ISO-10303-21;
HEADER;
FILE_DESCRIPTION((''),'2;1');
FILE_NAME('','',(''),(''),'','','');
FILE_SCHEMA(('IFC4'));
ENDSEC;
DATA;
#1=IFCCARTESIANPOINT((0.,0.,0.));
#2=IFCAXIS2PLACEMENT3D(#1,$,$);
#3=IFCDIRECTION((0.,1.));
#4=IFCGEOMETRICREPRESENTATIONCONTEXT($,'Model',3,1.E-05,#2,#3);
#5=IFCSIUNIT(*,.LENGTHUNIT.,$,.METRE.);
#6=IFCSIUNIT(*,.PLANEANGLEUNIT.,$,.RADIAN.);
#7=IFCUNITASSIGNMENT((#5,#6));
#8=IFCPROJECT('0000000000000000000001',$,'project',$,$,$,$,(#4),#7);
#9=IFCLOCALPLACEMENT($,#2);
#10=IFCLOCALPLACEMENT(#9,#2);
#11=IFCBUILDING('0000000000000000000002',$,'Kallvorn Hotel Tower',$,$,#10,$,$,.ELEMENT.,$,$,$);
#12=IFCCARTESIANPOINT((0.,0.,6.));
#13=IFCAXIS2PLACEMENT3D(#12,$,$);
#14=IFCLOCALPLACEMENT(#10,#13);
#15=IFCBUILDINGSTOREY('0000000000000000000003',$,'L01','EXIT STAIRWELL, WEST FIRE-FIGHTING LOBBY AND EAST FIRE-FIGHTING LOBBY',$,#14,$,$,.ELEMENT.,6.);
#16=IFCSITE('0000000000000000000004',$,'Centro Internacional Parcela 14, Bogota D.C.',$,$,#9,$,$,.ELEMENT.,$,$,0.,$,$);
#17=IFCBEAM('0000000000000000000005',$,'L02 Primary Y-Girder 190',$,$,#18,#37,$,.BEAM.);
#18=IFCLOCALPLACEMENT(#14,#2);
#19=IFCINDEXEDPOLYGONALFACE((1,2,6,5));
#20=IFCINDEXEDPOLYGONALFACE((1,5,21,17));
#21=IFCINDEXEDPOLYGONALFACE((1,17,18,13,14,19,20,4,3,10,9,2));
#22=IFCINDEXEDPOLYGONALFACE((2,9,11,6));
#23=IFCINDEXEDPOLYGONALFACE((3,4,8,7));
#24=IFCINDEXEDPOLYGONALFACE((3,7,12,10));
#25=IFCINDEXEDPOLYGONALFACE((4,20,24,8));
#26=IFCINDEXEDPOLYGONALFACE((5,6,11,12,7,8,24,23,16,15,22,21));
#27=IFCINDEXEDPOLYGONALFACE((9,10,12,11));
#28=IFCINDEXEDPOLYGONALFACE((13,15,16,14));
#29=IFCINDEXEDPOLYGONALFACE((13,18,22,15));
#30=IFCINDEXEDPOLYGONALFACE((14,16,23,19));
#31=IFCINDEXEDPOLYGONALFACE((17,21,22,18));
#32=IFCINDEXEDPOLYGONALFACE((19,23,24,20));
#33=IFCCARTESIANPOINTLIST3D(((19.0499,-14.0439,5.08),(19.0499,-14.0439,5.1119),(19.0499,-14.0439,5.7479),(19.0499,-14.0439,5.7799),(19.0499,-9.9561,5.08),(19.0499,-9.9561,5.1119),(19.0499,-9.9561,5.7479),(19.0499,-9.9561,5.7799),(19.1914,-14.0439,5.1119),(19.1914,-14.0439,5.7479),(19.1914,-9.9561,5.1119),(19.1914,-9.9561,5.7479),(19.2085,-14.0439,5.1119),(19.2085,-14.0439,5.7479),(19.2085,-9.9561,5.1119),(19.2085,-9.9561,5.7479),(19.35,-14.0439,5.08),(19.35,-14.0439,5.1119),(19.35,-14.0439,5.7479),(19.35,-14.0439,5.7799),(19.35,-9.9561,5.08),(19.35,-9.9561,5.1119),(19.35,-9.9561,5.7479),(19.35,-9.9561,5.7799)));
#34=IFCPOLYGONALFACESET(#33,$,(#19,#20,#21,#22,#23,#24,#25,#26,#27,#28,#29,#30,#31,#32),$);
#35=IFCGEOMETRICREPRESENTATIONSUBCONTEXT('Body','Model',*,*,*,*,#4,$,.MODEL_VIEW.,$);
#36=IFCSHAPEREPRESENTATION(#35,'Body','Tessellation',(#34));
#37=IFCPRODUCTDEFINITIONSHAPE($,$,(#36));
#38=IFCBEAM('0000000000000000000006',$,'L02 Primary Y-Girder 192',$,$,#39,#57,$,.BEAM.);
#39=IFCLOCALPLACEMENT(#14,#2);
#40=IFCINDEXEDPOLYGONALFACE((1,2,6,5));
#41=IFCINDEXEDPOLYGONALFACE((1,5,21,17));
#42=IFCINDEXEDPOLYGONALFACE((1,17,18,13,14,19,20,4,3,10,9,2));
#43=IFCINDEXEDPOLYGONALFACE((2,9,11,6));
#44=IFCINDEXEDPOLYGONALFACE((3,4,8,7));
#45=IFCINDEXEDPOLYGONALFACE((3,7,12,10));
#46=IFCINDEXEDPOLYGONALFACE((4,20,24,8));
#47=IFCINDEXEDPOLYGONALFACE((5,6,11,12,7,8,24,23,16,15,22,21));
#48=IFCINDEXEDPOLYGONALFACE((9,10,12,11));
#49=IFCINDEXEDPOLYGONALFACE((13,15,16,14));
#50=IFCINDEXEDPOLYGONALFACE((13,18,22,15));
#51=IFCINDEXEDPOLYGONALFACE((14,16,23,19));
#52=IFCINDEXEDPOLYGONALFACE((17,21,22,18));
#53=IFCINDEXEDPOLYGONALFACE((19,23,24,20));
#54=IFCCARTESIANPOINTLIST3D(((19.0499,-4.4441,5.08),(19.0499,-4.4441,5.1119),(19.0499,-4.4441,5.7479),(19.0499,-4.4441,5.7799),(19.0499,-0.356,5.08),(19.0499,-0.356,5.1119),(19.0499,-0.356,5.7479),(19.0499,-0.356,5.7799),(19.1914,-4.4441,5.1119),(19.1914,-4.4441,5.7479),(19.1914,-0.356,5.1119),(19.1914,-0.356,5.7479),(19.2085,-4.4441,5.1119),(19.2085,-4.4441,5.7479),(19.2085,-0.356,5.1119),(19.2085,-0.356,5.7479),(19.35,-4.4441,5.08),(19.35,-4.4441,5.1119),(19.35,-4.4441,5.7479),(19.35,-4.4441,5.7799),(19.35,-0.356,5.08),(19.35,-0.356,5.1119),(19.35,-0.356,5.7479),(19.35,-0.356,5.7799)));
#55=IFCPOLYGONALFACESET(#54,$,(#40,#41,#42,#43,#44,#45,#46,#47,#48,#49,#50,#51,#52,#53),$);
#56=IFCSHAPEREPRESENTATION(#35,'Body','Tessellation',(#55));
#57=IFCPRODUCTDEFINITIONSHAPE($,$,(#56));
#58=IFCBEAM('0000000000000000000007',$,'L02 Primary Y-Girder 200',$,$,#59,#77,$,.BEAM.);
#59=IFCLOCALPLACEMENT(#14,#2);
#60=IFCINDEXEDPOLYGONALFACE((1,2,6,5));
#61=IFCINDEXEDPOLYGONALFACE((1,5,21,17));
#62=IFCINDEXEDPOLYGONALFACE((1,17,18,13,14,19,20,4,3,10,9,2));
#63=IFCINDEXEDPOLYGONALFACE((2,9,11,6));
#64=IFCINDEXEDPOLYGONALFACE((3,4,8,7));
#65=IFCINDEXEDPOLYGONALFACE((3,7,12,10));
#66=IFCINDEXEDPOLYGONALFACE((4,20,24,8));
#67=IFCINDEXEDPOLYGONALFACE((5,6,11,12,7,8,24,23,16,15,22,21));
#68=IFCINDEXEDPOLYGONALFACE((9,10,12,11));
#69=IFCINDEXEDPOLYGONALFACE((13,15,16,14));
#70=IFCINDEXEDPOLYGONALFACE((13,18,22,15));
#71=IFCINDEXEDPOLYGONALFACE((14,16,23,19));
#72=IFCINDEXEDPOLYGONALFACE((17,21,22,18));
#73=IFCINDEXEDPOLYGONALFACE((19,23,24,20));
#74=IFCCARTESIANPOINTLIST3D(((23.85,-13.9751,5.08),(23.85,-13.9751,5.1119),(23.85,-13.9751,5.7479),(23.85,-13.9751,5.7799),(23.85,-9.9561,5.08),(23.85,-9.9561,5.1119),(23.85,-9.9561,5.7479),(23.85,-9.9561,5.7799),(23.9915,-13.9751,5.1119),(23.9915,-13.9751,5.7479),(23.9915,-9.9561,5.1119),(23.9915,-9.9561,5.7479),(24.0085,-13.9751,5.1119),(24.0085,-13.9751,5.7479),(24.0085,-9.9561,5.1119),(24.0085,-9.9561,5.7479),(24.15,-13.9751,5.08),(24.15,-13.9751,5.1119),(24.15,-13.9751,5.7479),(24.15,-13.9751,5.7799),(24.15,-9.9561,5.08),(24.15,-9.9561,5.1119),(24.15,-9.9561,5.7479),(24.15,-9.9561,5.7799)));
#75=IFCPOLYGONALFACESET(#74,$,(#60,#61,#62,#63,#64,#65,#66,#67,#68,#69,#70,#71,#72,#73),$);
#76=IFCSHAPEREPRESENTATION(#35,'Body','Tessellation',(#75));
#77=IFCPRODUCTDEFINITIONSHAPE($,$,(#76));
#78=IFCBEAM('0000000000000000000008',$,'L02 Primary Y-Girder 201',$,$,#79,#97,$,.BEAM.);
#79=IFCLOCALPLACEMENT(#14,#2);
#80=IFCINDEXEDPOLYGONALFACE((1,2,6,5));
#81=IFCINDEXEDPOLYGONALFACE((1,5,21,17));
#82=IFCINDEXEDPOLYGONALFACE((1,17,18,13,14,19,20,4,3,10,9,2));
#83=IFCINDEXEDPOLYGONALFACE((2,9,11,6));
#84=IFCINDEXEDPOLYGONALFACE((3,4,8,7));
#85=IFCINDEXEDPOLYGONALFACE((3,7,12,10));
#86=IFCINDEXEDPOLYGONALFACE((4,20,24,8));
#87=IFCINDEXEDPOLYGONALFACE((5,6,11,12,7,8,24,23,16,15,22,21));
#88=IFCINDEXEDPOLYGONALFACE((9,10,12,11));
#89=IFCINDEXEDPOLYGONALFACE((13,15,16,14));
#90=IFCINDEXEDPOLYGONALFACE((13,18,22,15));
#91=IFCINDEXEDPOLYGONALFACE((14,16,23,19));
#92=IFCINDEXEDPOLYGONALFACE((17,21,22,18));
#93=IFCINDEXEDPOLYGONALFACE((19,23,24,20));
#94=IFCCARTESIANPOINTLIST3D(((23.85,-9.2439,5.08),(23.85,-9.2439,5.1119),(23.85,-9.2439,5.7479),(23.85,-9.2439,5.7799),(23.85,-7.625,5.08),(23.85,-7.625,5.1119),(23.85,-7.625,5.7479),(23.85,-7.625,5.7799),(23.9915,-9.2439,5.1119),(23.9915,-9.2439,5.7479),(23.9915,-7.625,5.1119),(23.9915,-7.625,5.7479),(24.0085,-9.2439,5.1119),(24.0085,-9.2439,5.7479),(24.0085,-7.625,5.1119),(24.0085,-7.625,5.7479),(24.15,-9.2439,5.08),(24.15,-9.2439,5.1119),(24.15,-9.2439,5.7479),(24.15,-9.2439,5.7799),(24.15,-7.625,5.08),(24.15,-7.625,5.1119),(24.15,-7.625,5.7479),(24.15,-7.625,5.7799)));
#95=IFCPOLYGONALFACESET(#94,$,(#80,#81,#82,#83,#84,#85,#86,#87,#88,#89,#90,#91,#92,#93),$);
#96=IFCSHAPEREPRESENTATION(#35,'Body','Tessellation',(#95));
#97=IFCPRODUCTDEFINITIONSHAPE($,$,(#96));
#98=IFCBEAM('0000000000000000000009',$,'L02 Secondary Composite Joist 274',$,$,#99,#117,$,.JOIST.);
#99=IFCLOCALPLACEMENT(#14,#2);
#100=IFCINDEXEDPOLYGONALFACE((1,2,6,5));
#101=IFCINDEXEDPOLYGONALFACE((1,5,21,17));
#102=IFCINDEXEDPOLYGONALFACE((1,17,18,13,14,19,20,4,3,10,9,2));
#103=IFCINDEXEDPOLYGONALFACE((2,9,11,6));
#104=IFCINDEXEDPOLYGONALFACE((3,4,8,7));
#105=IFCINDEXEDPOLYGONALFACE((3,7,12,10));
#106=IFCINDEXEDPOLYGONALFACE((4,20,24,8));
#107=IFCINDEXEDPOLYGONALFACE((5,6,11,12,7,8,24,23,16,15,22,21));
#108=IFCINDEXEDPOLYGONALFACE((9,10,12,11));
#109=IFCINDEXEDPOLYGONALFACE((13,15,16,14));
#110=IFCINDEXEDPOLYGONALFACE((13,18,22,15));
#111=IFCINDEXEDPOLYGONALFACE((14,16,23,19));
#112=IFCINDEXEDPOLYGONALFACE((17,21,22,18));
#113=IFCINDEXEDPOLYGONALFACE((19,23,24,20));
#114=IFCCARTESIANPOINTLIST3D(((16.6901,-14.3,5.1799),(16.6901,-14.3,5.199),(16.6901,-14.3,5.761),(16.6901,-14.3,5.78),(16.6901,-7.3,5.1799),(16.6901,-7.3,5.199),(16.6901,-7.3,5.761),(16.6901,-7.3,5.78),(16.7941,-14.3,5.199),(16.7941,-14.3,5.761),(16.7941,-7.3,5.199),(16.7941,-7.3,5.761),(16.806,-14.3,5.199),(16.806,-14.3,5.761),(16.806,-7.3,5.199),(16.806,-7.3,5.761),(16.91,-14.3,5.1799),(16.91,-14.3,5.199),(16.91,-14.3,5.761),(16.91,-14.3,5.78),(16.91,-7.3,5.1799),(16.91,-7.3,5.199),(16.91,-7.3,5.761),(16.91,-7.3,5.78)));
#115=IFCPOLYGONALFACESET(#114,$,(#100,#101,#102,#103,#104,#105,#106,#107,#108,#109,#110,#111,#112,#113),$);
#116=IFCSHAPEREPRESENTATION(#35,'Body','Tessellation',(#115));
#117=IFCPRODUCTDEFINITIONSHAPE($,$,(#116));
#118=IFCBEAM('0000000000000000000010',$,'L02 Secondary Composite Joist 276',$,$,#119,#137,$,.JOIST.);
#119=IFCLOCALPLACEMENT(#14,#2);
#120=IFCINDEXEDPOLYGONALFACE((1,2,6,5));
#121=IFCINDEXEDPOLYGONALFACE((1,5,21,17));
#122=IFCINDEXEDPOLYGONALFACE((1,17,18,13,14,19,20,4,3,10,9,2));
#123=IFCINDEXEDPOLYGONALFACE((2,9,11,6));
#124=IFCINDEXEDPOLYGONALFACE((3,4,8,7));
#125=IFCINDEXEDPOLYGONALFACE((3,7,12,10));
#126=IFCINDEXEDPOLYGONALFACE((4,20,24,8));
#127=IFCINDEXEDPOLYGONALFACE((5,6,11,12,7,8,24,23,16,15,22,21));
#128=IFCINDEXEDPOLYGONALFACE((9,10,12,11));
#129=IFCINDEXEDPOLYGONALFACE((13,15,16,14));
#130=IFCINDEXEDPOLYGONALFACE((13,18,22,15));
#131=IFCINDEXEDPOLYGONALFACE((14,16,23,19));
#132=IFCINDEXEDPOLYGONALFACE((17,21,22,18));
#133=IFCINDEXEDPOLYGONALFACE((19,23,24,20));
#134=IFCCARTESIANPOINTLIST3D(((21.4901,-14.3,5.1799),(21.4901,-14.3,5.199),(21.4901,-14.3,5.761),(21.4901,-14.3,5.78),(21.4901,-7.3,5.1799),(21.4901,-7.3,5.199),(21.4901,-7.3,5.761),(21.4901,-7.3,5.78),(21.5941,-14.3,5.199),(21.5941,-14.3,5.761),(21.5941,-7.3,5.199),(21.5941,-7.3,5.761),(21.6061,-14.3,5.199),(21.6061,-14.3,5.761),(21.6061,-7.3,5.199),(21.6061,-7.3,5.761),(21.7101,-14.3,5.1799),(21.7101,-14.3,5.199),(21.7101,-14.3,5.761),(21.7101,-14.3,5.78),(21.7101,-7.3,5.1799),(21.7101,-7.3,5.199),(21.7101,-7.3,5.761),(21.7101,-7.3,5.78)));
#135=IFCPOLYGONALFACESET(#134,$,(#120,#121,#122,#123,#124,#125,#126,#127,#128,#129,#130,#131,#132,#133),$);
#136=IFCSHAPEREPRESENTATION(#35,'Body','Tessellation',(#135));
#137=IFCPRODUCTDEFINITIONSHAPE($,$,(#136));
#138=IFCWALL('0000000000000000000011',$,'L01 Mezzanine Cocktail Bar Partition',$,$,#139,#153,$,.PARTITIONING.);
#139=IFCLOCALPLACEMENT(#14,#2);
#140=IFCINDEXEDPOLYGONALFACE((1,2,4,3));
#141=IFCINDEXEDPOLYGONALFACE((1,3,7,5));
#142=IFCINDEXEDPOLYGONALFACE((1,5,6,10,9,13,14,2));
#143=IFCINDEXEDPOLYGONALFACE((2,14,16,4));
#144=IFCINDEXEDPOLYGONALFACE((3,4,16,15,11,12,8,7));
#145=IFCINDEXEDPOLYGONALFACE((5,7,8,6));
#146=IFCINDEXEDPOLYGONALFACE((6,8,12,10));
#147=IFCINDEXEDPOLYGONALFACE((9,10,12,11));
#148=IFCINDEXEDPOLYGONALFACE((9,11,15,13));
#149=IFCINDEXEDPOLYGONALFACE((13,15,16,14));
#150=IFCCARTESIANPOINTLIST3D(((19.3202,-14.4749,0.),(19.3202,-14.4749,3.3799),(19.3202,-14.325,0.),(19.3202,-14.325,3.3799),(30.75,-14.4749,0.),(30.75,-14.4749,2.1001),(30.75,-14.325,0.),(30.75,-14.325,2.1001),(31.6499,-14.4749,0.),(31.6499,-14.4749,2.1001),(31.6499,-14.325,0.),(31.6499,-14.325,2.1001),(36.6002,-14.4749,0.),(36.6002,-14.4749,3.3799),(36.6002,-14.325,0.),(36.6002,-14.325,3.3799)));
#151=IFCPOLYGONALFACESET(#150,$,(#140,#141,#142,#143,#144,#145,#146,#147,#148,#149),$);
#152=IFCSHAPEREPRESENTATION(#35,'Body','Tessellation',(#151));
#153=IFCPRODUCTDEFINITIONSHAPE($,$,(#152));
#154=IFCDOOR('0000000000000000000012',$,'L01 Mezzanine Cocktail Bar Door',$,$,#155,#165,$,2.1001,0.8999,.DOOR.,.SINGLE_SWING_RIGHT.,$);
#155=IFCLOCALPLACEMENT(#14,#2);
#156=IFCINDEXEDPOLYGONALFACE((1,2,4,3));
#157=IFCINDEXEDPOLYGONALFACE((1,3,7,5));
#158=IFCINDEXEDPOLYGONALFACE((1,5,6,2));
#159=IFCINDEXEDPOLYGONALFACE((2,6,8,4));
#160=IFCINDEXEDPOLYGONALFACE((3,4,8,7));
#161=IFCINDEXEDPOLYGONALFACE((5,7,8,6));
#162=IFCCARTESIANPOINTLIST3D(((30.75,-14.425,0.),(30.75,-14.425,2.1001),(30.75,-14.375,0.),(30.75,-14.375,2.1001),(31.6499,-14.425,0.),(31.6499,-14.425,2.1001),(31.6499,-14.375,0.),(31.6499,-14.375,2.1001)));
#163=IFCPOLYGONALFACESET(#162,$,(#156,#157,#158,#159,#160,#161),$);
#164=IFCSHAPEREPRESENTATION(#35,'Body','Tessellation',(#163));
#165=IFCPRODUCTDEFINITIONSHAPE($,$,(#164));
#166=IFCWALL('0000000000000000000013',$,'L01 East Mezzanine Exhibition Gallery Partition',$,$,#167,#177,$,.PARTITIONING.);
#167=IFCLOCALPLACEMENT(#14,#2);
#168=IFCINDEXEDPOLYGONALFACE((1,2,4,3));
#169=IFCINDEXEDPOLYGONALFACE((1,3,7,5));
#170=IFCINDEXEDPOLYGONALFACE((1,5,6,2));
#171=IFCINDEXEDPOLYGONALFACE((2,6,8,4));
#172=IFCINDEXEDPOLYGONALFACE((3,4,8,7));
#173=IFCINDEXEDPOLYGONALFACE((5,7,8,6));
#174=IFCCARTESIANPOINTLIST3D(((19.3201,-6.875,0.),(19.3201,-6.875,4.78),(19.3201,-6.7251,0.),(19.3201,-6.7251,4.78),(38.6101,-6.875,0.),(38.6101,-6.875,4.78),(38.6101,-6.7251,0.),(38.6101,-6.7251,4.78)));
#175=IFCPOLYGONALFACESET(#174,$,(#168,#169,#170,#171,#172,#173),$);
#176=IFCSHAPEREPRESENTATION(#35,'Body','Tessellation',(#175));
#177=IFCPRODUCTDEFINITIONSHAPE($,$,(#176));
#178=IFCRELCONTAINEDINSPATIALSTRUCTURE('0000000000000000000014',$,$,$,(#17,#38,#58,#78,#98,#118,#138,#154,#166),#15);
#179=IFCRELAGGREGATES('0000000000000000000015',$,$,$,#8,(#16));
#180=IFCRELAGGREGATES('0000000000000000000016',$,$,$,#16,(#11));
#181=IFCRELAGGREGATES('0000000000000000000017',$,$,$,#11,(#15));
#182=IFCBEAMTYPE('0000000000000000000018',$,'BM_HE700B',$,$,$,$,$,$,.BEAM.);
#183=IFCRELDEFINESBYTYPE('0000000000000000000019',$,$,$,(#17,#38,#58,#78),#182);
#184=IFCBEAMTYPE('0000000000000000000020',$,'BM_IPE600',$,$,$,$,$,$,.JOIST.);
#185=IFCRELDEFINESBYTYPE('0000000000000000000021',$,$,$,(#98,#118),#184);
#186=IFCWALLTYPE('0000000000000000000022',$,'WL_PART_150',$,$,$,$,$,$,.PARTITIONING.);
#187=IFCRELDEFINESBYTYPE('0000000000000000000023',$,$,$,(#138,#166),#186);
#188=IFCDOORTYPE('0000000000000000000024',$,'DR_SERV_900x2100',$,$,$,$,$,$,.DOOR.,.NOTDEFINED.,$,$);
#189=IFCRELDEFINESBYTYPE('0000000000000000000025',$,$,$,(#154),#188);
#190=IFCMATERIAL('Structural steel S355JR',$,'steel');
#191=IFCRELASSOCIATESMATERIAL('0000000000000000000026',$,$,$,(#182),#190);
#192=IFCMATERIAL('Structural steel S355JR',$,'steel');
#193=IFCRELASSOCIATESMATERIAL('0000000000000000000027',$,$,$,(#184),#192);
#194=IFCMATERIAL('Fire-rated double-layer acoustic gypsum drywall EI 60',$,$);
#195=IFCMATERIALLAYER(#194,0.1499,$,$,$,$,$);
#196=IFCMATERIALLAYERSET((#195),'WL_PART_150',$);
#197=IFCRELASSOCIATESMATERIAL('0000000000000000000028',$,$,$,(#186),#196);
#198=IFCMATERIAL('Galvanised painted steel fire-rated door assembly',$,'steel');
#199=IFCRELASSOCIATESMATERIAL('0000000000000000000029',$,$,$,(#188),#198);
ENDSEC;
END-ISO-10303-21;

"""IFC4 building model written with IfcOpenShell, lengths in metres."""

from ifc_helpers import new_model, si_unit, direction, frame, frame_2d, origin, origin_2d, place, context, subcontext, project, spatial, rectangle, i_section, extrude, material, layer, layer_set, material_profile, profile_set, type_object, element, fill, save


model = new_model("IFC4")

# Units and contexts
model_context = context("Model", 3, precision=1e-05, world=origin(), true_north=direction((0.0, 1.0)))
body_context = subcontext(model_context, "Body", "Model", "MODEL_VIEW")
ifc_project = project(units=[si_unit("LENGTHUNIT", "METRE"), si_unit("PLANEANGLEUNIT", "RADIAN")], contexts=[model_context])

# Site, building, storey
site_placement = place(None, origin())
site = spatial("IfcSite", under=ifc_project, at=site_placement, Name="Centro Internacional Parcela 14, Bogota D.C.", CompositionType="ELEMENT", RefElevation=0.0)
building_placement = place(site_placement, origin())
building = spatial("IfcBuilding", under=site, at=building_placement, Name="Kallvorn Hotel Tower", CompositionType="ELEMENT")
storey_placement = place(building_placement, frame((0.0, 0.0, 6.0)))
storey = spatial("IfcBuildingStorey", under=building, at=storey_placement, Name="L01", Description="EXIT STAIRWELL, WEST FIRE-FIGHTING LOBBY AND EAST FIRE-FIGHTING LOBBY", CompositionType="ELEMENT", Elevation=6.0)

# Beams
ifc_material_1 = material(Name="Structural steel S355JR", Category="steel")
ifc_material_profile_1 = material_profile(ifc_material_1, i_section(OverallWidth=0.3, OverallDepth=0.7, WebThickness=0.0171, FlangeThickness=0.032, at=origin_2d()), Name="HE 700 B")
ifc_profile_set_1 = profile_set([ifc_material_profile_1], Name="Structural steel S355JR")
beam_type_1 = type_object("IfcBeamType", Name="BM_HE700B", PredefinedType="BEAM", material=ifc_profile_set_1)
beam_1_placement = place(storey_placement, frame((19.2, -14.0439, 5.4299), z_axis=(0.0, 1.0, 0.0), x_axis=(-1.0, 0.0, 0.0)))
element("IfcBeam", 1, at=beam_1_placement, inside=storey, type_object=beam_type_1, Name="L02 Primary Y-Girder 190", PredefinedType="BEAM", context=body_context, shape_type="SweptSolid", body=[
    extrude(i_section(OverallWidth=0.3, OverallDepth=0.7, WebThickness=0.0171, FlangeThickness=0.032, at=origin_2d()), origin(), (0.0, 0.0, 1.0), 4.0879),
])
beam_2_placement = place(storey_placement, frame((19.2, -4.4441, 5.4299), z_axis=(0.0, 1.0, 0.0), x_axis=(-1.0, 0.0, 0.0)))
element("IfcBeam", 2, at=beam_2_placement, inside=storey, type_object=beam_type_1, Name="L02 Primary Y-Girder 192", PredefinedType="BEAM", context=body_context, shape_type="SweptSolid", body=[
    extrude(i_section(OverallWidth=0.3, OverallDepth=0.7, WebThickness=0.0171, FlangeThickness=0.032, at=origin_2d()), origin(), (0.0, 0.0, 1.0), 4.0881),
])
beam_3_placement = place(storey_placement, frame((24.0, -13.9751, 5.4299), z_axis=(0.0, 1.0, 0.0), x_axis=(-1.0, 0.0, 0.0)))
element("IfcBeam", 3, at=beam_3_placement, inside=storey, type_object=beam_type_1, Name="L02 Primary Y-Girder 200", PredefinedType="BEAM", context=body_context, shape_type="SweptSolid", body=[
    extrude(i_section(OverallWidth=0.3, OverallDepth=0.7, WebThickness=0.0171, FlangeThickness=0.032, at=origin_2d()), origin(), (0.0, 0.0, 1.0), 4.019),
])
beam_4_placement = place(storey_placement, frame((24.0, -9.2439, 5.4299), z_axis=(0.0, 1.0, 0.0), x_axis=(-1.0, 0.0, 0.0)))
element("IfcBeam", 4, at=beam_4_placement, inside=storey, type_object=beam_type_1, Name="L02 Primary Y-Girder 201", PredefinedType="BEAM", context=body_context, shape_type="SweptSolid", body=[
    extrude(i_section(OverallWidth=0.3, OverallDepth=0.7, WebThickness=0.0171, FlangeThickness=0.032, at=origin_2d()), origin(), (0.0, 0.0, 1.0), 1.6189),
])
ifc_material_2 = material(Name="Structural steel S355JR", Category="steel")
ifc_material_profile_2 = material_profile(ifc_material_2, i_section(OverallWidth=0.22, OverallDepth=0.6001, WebThickness=0.012, FlangeThickness=0.019, at=origin_2d()), Name="IPE 600")
ifc_profile_set_2 = profile_set([ifc_material_profile_2], Name="Structural steel S355JR")
beam_type_2 = type_object("IfcBeamType", Name="BM_IPE600", PredefinedType="JOIST", material=ifc_profile_set_2)
for number, where, z_axis, x_axis, name in (
    (5, (16.8, -14.3, 5.48), (0.0, 1.0, 0.0), (-1.0, 0.0, 0.0), "L02 Secondary Composite Joist 274"),
    (6, (21.6001, -14.3, 5.48), (0.0, 1.0, 0.0), (-1.0, 0.0, 0.0), "L02 Secondary Composite Joist 276"),
):
    element("IfcBeam", number, at=place(storey_placement, frame(where, z_axis=z_axis, x_axis=x_axis)), inside=storey, type_object=beam_type_2, Name=name, PredefinedType="JOIST", context=body_context, shape_type="SweptSolid", body=[
        extrude(i_section(OverallWidth=0.22, OverallDepth=0.6001, WebThickness=0.012, FlangeThickness=0.019, at=origin_2d()), origin(), (0.0, 0.0, 1.0), 7.0),
    ])

# Wall, opening, door
ifc_material_3 = material(Name="Fire-rated double-layer acoustic gypsum drywall EI 60")
ifc_layer_1 = layer(ifc_material_3, 0.1499)
ifc_layer_set_1 = layer_set([ifc_layer_1], Name="WL_PART_150")
wall_type_1 = type_object("IfcWallType", Name="WL_PART_150", PredefinedType="PARTITIONING", material=ifc_layer_set_1)
wall_1_placement = place(storey_placement, frame((19.3201, -14.3999, 0.0), z_axis=(0.0, 0.0, 1.0), x_axis=(1.0, 0.0, 0.0)))
wall_1 = element("IfcWall", 7, at=wall_1_placement, inside=storey, type_object=wall_type_1, Name="L01 Mezzanine Cocktail Bar Partition", PredefinedType="PARTITIONING", context=body_context, shape_type="SweptSolid", body=[
    extrude(rectangle(XDim=17.28, YDim=0.1499, at=frame_2d((8.6401, 0.0))), origin(), (0.0, 0.0, 1.0), 3.3799),
])
opening_1_placement = place(wall_1_placement, frame((11.4299, 0.0, 0.0)))
opening_1 = element("IfcOpeningElement", 8, at=opening_1_placement, cuts=wall_1, PredefinedType="OPENING", context=body_context, shape_type="SweptSolid", body=[
    extrude(rectangle(XDim=0.8999, YDim=2.1001, at=frame_2d((0.45, 1.05))), frame((0.0, 0.0898, 0.0), z_axis=(0.0, -1.0, 0.0), x_axis=(1.0, 0.0, 0.0)), (0.0, 0.0, 1.0), 0.1799),
])
ifc_material_4 = material(Name="Galvanised painted steel fire-rated door assembly", Category="steel")
door_type = type_object("IfcDoorType", Name="DR_SERV_900x2100", OperationType="NOTDEFINED", PredefinedType="DOOR", material=ifc_material_4)
door_1_placement = place(opening_1_placement, origin())
door_1 = element("IfcDoor", 9, at=door_1_placement, inside=storey, type_object=door_type, Name="L01 Mezzanine Cocktail Bar Door", OperationType="SINGLE_SWING_RIGHT", OverallHeight=2.1001, OverallWidth=0.8999, PredefinedType="DOOR", context=body_context, shape_type="SweptSolid", body=[
    extrude(rectangle(XDim=0.8999, YDim=2.1001, at=frame_2d((0.45, 1.05))), frame((0.0, 0.0249, 0.0), z_axis=(0.0, -1.0, 0.0), x_axis=(1.0, 0.0, 0.0)), (0.0, 0.0, 1.0), 0.05),
])
fill(opening_1, door_1)

# Wall
wall_2_placement = place(storey_placement, frame((19.3201, -6.8, 0.0), z_axis=(0.0, 0.0, 1.0), x_axis=(1.0, 0.0, 0.0)))
element("IfcWall", 10, at=wall_2_placement, inside=storey, type_object=wall_type_1, Name="L01 East Mezzanine Exhibition Gallery Partition", PredefinedType="PARTITIONING", context=body_context, shape_type="SweptSolid", body=[
    extrude(rectangle(XDim=19.29, YDim=0.1499, at=frame_2d((9.645, 0.0))), origin(), (0.0, 0.0, 1.0), 4.78),
])

save(model, "model.ifc")
